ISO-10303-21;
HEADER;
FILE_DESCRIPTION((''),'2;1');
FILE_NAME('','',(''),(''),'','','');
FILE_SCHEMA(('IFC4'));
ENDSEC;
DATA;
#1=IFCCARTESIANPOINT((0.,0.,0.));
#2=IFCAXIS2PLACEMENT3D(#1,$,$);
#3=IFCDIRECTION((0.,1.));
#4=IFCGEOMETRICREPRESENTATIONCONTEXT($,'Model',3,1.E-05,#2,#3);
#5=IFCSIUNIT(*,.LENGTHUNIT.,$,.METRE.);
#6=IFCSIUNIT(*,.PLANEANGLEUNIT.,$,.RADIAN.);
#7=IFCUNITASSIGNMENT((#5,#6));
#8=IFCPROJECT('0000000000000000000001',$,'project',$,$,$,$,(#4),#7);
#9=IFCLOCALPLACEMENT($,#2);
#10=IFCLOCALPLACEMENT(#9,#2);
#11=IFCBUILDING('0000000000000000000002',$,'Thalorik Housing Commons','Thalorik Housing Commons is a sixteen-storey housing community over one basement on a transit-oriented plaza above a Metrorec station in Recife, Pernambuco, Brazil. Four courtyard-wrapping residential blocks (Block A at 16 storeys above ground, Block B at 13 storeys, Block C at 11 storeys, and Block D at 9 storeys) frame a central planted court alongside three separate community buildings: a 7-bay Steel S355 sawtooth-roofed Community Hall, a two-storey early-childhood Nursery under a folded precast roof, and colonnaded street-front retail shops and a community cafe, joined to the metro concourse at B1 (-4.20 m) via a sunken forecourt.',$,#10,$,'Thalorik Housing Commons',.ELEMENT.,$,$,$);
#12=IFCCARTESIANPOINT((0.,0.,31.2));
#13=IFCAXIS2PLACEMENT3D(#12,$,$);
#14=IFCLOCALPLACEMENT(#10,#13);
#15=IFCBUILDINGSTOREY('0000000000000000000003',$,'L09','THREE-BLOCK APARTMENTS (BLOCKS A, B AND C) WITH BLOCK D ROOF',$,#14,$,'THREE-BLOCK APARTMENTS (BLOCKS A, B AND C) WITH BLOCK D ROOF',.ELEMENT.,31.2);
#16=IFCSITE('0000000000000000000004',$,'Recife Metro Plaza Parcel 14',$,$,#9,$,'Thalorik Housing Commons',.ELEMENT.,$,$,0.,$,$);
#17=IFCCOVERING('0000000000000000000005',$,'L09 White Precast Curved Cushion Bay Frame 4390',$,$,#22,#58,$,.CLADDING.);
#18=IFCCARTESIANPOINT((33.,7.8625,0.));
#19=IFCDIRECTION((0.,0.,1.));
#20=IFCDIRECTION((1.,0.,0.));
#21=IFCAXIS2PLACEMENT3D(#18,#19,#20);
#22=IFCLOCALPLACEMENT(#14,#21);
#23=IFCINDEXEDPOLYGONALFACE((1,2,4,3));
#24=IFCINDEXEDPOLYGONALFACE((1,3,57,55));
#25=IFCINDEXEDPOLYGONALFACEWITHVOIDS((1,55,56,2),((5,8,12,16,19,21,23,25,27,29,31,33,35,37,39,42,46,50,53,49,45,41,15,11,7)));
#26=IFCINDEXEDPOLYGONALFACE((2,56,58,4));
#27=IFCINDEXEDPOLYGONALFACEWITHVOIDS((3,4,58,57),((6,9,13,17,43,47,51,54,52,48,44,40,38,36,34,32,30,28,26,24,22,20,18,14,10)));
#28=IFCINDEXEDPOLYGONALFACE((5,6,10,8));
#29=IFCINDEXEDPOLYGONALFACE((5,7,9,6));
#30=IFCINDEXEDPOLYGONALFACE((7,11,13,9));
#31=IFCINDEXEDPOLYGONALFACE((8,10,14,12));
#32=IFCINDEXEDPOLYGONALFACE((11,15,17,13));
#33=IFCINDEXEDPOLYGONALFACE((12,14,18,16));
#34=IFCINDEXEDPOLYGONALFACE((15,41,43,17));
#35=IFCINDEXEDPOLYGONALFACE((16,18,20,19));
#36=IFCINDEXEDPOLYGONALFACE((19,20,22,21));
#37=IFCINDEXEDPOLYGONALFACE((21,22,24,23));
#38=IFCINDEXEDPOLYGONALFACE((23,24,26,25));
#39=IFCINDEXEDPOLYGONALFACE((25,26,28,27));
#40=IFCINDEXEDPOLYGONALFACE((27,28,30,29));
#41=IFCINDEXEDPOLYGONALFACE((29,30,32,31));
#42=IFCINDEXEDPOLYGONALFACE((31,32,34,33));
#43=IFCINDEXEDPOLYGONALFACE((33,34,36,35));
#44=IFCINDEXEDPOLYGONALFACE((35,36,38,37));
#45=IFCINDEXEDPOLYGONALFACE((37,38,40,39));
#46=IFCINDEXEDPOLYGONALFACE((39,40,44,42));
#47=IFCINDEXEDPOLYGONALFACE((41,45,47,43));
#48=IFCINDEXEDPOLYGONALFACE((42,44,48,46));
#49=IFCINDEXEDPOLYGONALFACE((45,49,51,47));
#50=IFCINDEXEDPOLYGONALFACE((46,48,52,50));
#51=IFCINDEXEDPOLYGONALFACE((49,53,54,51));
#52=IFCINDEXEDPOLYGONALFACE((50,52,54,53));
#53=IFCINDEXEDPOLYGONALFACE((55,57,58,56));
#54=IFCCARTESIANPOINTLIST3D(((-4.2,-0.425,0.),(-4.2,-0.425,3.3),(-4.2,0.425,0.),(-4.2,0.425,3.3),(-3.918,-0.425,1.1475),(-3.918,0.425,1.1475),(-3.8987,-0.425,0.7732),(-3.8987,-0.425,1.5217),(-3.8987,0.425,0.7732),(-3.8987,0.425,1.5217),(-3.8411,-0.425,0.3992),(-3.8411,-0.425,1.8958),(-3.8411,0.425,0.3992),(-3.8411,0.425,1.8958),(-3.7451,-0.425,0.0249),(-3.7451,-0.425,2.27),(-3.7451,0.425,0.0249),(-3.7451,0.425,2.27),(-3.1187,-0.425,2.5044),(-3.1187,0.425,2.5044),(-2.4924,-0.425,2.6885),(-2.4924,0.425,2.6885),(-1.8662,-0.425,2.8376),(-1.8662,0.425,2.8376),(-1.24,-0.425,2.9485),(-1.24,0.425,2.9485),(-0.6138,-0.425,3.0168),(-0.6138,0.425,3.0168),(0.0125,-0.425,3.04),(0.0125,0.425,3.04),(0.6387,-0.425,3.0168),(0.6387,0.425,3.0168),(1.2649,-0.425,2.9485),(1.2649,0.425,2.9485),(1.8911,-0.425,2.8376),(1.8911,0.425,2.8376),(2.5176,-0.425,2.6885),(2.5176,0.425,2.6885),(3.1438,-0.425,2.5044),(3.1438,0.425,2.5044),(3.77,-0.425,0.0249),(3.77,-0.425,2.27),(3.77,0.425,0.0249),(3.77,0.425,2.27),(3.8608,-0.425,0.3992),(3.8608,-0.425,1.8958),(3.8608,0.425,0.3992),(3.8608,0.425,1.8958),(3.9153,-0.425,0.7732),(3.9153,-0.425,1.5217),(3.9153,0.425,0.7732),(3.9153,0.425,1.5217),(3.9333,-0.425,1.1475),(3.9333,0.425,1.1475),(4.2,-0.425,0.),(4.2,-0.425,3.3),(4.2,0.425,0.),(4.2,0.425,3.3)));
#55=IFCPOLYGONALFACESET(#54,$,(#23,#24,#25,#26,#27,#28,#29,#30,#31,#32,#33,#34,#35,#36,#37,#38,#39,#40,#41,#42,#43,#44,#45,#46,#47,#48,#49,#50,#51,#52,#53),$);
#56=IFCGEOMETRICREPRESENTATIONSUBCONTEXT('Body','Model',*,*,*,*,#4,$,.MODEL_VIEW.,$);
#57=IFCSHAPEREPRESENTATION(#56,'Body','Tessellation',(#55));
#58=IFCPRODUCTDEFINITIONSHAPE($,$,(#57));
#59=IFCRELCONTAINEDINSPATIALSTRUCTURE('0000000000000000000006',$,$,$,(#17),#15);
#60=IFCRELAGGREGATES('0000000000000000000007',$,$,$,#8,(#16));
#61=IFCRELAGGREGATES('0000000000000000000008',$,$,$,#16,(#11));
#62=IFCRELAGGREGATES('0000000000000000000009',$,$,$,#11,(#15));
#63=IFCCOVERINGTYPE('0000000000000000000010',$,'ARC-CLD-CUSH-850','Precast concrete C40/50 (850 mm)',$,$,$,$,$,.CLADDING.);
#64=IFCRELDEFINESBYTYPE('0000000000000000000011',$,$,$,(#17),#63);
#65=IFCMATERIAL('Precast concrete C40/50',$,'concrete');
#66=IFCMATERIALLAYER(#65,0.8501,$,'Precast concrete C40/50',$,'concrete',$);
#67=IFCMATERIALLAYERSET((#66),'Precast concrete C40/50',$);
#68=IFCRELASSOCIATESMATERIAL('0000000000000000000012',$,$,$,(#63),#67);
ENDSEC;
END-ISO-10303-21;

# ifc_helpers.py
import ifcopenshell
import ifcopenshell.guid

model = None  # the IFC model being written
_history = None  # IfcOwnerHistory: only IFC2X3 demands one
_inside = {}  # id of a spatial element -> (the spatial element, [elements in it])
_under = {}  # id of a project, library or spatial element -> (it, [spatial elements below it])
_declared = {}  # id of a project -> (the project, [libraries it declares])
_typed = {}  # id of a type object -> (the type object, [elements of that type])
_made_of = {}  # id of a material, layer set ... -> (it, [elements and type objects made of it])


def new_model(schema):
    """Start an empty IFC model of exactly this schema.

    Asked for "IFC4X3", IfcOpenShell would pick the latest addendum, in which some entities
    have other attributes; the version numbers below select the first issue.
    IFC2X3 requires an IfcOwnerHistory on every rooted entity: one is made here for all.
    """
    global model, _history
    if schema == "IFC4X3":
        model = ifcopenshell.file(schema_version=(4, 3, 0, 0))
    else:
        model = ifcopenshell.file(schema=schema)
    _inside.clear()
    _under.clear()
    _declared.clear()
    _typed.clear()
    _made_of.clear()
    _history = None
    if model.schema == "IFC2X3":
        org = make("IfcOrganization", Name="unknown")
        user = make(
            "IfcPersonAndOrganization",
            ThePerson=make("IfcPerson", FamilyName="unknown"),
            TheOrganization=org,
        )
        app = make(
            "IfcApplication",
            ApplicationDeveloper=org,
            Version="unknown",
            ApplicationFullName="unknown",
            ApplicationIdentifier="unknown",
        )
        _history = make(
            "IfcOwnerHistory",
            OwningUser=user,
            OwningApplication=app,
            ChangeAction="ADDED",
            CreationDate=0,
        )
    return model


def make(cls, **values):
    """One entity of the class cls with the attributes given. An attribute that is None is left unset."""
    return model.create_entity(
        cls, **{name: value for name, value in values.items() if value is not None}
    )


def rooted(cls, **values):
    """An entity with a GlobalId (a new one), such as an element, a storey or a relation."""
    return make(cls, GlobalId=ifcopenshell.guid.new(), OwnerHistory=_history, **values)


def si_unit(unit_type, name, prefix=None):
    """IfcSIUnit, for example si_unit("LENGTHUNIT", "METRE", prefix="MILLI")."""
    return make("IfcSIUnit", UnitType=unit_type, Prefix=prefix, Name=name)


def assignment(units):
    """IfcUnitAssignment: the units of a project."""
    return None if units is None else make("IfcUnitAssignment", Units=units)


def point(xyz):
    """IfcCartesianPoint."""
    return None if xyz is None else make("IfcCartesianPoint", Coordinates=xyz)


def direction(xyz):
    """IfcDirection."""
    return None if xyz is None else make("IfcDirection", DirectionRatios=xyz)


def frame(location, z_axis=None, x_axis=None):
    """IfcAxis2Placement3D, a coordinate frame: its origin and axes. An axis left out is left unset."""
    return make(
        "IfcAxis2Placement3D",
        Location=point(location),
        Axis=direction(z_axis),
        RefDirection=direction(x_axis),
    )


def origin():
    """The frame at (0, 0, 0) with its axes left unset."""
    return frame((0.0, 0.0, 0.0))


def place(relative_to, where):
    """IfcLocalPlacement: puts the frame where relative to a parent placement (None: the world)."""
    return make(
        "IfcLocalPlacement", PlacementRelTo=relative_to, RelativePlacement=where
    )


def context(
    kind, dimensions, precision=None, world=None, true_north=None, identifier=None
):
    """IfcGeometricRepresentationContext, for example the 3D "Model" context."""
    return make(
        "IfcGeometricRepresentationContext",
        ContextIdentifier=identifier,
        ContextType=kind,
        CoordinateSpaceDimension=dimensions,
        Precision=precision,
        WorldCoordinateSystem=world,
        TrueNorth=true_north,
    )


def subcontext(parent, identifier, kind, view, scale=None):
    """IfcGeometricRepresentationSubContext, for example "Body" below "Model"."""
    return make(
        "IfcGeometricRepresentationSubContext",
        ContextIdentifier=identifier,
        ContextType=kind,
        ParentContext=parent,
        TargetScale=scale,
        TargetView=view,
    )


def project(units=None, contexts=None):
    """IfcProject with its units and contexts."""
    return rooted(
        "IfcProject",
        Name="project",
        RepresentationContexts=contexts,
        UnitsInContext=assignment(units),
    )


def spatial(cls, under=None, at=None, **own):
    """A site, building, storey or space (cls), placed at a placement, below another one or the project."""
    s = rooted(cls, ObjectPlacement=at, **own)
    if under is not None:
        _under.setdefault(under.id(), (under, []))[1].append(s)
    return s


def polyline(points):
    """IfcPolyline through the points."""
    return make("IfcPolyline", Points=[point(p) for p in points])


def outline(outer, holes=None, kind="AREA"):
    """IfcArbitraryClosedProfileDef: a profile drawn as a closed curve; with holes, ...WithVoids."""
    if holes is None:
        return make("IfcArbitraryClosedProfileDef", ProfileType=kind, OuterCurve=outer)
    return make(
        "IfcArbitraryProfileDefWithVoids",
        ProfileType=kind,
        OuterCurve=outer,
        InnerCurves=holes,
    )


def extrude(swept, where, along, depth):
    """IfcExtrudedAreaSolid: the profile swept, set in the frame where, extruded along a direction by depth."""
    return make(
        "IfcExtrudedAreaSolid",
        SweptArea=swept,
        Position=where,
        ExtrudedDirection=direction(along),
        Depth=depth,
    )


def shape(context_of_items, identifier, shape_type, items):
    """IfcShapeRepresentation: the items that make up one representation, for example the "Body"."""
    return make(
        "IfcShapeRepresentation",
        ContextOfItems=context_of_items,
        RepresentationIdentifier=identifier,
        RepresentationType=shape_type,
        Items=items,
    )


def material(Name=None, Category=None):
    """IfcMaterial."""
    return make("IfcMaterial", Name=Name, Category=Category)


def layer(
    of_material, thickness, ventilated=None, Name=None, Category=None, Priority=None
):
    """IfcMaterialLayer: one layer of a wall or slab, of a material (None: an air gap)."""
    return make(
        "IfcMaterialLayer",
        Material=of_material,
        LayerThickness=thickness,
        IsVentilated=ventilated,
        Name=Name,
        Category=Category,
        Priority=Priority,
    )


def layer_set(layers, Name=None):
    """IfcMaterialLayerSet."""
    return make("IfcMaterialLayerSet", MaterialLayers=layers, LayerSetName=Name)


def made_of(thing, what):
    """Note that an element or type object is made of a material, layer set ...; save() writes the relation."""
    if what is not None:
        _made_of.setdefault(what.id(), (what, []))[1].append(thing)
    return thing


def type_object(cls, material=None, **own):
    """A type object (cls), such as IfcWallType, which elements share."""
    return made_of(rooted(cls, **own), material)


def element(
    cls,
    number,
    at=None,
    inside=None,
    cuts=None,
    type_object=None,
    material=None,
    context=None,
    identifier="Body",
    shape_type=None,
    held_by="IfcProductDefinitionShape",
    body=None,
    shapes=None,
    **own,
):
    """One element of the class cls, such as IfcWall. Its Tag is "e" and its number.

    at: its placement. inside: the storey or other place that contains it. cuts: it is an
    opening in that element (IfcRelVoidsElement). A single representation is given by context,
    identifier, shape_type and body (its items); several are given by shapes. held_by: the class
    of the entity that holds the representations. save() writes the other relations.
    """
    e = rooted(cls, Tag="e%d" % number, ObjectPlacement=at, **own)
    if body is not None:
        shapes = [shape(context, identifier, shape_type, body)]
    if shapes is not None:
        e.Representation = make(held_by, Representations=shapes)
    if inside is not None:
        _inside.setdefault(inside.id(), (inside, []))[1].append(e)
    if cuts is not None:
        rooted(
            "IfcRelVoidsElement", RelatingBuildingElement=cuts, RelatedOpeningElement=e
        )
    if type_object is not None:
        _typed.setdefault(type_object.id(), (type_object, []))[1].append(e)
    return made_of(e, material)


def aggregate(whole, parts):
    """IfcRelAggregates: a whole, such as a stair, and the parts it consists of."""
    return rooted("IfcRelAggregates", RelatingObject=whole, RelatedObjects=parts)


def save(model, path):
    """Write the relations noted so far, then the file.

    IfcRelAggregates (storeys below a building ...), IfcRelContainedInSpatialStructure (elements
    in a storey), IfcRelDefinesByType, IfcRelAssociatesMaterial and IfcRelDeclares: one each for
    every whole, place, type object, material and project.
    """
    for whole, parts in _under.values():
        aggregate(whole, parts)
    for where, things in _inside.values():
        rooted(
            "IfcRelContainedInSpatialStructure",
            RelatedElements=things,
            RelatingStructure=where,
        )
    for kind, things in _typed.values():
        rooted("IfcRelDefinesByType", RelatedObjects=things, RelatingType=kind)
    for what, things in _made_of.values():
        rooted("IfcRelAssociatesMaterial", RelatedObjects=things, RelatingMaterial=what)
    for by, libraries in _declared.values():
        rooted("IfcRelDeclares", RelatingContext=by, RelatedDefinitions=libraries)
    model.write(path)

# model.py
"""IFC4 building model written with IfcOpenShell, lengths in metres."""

from ifc_helpers import new_model, si_unit, direction, frame, origin, place, context, subcontext, project, spatial, polyline, outline, extrude, material, layer, layer_set, type_object, element, save


model = new_model("IFC4")

# Units and contexts
model_context = context("Model", 3, precision=1e-05, world=origin(), true_north=direction((0.0, 1.0)))
body_context = subcontext(model_context, "Body", "Model", "MODEL_VIEW")
ifc_project = project(units=[si_unit("LENGTHUNIT", "METRE"), si_unit("PLANEANGLEUNIT", "RADIAN")], contexts=[model_context])

# Site, building, storey
site_placement = place(None, origin())
site = spatial("IfcSite", under=ifc_project, at=site_placement, Name="Recife Metro Plaza Parcel 14", LongName="Thalorik Housing Commons", CompositionType="ELEMENT", RefElevation=0.0)
building_placement = place(site_placement, origin())
building = spatial("IfcBuilding", under=site, at=building_placement, Name="Thalorik Housing Commons", Description="Thalorik Housing Commons is a sixteen-storey housing community over one basement on a transit-oriented plaza above a Metrorec station in Recife, Pernambuco, Brazil. Four courtyard-wrapping residential blocks (Block A at 16 storeys above ground, Block B at 13 storeys, Block C at 11 storeys, and Block D at 9 storeys) frame a central planted court alongside three separate community buildings: a 7-bay Steel S355 sawtooth-roofed Community Hall, a two-storey early-childhood Nursery under a folded precast roof, and colonnaded street-front retail shops and a community cafe, joined to the metro concourse at B1 (-4.20 m) via a sunken forecourt.", LongName="Thalorik Housing Commons", CompositionType="ELEMENT")
storey_placement = place(building_placement, frame((0.0, 0.0, 31.2)))
storey = spatial("IfcBuildingStorey", under=building, at=storey_placement, Name="L09", Description="THREE-BLOCK APARTMENTS (BLOCKS A, B AND C) WITH BLOCK D ROOF", LongName="THREE-BLOCK APARTMENTS (BLOCKS A, B AND C) WITH BLOCK D ROOF", CompositionType="ELEMENT", Elevation=31.2)

# Shared definitions
ifc_material_1 = material(Name="Precast concrete C40/50", Category="concrete")

# Covering
ifc_layer_1 = layer(ifc_material_1, 0.8501, Name="Precast concrete C40/50", Category="concrete")
ifc_layer_set_1 = layer_set([ifc_layer_1], Name="Precast concrete C40/50")
covering_type = type_object("IfcCoveringType", Name="ARC-CLD-CUSH-850", Description="Precast concrete C40/50 (850 mm)", PredefinedType="CLADDING", material=ifc_layer_set_1)
covering_placement = place(storey_placement, frame((33.0, 7.8625, 0.0), z_axis=(0.0, 0.0, 1.0), x_axis=(1.0, 0.0, 0.0)))
element("IfcCovering", 1, at=covering_placement, inside=storey, type_object=covering_type, Name="L09 White Precast Curved Cushion Bay Frame 4390", PredefinedType="CLADDING", context=body_context, shape_type="SweptSolid", body=[
    extrude(outline(polyline([(-4.2, 0.0), (4.2, 0.0), (4.2, 3.3), (-4.2, 3.3), (-4.2, 0.0)]), holes=[polyline([(3.77, 0.0249), (3.8608, 0.3992), (3.9153, 0.7732), (3.9333, 1.1475), (3.9153, 1.5217), (3.8608, 1.8958), (3.77, 2.27), (3.1438, 2.5044), (2.5176, 2.6885), (1.8911, 2.8376), (1.2649, 2.9485), (0.6387, 3.0168), (0.0125, 3.04), (-0.6138, 3.0168), (-1.24, 2.9485), (-1.8662, 2.8376), (-2.4924, 2.6885), (-3.1187, 2.5044), (-3.7451, 2.27), (-3.8411, 1.8958), (-3.8987, 1.5217), (-3.918, 1.1475), (-3.8987, 0.7732), (-3.8411, 0.3992), (-3.7451, 0.0249), (3.77, 0.0249)])]), frame((0.0, 0.425, 0.0), z_axis=(0.0, -1.0, 0.0), x_axis=(1.0, 0.0, 0.0)), (0.0, 0.0, 1.0), 0.8501),
])

save(model, "model.ifc")
